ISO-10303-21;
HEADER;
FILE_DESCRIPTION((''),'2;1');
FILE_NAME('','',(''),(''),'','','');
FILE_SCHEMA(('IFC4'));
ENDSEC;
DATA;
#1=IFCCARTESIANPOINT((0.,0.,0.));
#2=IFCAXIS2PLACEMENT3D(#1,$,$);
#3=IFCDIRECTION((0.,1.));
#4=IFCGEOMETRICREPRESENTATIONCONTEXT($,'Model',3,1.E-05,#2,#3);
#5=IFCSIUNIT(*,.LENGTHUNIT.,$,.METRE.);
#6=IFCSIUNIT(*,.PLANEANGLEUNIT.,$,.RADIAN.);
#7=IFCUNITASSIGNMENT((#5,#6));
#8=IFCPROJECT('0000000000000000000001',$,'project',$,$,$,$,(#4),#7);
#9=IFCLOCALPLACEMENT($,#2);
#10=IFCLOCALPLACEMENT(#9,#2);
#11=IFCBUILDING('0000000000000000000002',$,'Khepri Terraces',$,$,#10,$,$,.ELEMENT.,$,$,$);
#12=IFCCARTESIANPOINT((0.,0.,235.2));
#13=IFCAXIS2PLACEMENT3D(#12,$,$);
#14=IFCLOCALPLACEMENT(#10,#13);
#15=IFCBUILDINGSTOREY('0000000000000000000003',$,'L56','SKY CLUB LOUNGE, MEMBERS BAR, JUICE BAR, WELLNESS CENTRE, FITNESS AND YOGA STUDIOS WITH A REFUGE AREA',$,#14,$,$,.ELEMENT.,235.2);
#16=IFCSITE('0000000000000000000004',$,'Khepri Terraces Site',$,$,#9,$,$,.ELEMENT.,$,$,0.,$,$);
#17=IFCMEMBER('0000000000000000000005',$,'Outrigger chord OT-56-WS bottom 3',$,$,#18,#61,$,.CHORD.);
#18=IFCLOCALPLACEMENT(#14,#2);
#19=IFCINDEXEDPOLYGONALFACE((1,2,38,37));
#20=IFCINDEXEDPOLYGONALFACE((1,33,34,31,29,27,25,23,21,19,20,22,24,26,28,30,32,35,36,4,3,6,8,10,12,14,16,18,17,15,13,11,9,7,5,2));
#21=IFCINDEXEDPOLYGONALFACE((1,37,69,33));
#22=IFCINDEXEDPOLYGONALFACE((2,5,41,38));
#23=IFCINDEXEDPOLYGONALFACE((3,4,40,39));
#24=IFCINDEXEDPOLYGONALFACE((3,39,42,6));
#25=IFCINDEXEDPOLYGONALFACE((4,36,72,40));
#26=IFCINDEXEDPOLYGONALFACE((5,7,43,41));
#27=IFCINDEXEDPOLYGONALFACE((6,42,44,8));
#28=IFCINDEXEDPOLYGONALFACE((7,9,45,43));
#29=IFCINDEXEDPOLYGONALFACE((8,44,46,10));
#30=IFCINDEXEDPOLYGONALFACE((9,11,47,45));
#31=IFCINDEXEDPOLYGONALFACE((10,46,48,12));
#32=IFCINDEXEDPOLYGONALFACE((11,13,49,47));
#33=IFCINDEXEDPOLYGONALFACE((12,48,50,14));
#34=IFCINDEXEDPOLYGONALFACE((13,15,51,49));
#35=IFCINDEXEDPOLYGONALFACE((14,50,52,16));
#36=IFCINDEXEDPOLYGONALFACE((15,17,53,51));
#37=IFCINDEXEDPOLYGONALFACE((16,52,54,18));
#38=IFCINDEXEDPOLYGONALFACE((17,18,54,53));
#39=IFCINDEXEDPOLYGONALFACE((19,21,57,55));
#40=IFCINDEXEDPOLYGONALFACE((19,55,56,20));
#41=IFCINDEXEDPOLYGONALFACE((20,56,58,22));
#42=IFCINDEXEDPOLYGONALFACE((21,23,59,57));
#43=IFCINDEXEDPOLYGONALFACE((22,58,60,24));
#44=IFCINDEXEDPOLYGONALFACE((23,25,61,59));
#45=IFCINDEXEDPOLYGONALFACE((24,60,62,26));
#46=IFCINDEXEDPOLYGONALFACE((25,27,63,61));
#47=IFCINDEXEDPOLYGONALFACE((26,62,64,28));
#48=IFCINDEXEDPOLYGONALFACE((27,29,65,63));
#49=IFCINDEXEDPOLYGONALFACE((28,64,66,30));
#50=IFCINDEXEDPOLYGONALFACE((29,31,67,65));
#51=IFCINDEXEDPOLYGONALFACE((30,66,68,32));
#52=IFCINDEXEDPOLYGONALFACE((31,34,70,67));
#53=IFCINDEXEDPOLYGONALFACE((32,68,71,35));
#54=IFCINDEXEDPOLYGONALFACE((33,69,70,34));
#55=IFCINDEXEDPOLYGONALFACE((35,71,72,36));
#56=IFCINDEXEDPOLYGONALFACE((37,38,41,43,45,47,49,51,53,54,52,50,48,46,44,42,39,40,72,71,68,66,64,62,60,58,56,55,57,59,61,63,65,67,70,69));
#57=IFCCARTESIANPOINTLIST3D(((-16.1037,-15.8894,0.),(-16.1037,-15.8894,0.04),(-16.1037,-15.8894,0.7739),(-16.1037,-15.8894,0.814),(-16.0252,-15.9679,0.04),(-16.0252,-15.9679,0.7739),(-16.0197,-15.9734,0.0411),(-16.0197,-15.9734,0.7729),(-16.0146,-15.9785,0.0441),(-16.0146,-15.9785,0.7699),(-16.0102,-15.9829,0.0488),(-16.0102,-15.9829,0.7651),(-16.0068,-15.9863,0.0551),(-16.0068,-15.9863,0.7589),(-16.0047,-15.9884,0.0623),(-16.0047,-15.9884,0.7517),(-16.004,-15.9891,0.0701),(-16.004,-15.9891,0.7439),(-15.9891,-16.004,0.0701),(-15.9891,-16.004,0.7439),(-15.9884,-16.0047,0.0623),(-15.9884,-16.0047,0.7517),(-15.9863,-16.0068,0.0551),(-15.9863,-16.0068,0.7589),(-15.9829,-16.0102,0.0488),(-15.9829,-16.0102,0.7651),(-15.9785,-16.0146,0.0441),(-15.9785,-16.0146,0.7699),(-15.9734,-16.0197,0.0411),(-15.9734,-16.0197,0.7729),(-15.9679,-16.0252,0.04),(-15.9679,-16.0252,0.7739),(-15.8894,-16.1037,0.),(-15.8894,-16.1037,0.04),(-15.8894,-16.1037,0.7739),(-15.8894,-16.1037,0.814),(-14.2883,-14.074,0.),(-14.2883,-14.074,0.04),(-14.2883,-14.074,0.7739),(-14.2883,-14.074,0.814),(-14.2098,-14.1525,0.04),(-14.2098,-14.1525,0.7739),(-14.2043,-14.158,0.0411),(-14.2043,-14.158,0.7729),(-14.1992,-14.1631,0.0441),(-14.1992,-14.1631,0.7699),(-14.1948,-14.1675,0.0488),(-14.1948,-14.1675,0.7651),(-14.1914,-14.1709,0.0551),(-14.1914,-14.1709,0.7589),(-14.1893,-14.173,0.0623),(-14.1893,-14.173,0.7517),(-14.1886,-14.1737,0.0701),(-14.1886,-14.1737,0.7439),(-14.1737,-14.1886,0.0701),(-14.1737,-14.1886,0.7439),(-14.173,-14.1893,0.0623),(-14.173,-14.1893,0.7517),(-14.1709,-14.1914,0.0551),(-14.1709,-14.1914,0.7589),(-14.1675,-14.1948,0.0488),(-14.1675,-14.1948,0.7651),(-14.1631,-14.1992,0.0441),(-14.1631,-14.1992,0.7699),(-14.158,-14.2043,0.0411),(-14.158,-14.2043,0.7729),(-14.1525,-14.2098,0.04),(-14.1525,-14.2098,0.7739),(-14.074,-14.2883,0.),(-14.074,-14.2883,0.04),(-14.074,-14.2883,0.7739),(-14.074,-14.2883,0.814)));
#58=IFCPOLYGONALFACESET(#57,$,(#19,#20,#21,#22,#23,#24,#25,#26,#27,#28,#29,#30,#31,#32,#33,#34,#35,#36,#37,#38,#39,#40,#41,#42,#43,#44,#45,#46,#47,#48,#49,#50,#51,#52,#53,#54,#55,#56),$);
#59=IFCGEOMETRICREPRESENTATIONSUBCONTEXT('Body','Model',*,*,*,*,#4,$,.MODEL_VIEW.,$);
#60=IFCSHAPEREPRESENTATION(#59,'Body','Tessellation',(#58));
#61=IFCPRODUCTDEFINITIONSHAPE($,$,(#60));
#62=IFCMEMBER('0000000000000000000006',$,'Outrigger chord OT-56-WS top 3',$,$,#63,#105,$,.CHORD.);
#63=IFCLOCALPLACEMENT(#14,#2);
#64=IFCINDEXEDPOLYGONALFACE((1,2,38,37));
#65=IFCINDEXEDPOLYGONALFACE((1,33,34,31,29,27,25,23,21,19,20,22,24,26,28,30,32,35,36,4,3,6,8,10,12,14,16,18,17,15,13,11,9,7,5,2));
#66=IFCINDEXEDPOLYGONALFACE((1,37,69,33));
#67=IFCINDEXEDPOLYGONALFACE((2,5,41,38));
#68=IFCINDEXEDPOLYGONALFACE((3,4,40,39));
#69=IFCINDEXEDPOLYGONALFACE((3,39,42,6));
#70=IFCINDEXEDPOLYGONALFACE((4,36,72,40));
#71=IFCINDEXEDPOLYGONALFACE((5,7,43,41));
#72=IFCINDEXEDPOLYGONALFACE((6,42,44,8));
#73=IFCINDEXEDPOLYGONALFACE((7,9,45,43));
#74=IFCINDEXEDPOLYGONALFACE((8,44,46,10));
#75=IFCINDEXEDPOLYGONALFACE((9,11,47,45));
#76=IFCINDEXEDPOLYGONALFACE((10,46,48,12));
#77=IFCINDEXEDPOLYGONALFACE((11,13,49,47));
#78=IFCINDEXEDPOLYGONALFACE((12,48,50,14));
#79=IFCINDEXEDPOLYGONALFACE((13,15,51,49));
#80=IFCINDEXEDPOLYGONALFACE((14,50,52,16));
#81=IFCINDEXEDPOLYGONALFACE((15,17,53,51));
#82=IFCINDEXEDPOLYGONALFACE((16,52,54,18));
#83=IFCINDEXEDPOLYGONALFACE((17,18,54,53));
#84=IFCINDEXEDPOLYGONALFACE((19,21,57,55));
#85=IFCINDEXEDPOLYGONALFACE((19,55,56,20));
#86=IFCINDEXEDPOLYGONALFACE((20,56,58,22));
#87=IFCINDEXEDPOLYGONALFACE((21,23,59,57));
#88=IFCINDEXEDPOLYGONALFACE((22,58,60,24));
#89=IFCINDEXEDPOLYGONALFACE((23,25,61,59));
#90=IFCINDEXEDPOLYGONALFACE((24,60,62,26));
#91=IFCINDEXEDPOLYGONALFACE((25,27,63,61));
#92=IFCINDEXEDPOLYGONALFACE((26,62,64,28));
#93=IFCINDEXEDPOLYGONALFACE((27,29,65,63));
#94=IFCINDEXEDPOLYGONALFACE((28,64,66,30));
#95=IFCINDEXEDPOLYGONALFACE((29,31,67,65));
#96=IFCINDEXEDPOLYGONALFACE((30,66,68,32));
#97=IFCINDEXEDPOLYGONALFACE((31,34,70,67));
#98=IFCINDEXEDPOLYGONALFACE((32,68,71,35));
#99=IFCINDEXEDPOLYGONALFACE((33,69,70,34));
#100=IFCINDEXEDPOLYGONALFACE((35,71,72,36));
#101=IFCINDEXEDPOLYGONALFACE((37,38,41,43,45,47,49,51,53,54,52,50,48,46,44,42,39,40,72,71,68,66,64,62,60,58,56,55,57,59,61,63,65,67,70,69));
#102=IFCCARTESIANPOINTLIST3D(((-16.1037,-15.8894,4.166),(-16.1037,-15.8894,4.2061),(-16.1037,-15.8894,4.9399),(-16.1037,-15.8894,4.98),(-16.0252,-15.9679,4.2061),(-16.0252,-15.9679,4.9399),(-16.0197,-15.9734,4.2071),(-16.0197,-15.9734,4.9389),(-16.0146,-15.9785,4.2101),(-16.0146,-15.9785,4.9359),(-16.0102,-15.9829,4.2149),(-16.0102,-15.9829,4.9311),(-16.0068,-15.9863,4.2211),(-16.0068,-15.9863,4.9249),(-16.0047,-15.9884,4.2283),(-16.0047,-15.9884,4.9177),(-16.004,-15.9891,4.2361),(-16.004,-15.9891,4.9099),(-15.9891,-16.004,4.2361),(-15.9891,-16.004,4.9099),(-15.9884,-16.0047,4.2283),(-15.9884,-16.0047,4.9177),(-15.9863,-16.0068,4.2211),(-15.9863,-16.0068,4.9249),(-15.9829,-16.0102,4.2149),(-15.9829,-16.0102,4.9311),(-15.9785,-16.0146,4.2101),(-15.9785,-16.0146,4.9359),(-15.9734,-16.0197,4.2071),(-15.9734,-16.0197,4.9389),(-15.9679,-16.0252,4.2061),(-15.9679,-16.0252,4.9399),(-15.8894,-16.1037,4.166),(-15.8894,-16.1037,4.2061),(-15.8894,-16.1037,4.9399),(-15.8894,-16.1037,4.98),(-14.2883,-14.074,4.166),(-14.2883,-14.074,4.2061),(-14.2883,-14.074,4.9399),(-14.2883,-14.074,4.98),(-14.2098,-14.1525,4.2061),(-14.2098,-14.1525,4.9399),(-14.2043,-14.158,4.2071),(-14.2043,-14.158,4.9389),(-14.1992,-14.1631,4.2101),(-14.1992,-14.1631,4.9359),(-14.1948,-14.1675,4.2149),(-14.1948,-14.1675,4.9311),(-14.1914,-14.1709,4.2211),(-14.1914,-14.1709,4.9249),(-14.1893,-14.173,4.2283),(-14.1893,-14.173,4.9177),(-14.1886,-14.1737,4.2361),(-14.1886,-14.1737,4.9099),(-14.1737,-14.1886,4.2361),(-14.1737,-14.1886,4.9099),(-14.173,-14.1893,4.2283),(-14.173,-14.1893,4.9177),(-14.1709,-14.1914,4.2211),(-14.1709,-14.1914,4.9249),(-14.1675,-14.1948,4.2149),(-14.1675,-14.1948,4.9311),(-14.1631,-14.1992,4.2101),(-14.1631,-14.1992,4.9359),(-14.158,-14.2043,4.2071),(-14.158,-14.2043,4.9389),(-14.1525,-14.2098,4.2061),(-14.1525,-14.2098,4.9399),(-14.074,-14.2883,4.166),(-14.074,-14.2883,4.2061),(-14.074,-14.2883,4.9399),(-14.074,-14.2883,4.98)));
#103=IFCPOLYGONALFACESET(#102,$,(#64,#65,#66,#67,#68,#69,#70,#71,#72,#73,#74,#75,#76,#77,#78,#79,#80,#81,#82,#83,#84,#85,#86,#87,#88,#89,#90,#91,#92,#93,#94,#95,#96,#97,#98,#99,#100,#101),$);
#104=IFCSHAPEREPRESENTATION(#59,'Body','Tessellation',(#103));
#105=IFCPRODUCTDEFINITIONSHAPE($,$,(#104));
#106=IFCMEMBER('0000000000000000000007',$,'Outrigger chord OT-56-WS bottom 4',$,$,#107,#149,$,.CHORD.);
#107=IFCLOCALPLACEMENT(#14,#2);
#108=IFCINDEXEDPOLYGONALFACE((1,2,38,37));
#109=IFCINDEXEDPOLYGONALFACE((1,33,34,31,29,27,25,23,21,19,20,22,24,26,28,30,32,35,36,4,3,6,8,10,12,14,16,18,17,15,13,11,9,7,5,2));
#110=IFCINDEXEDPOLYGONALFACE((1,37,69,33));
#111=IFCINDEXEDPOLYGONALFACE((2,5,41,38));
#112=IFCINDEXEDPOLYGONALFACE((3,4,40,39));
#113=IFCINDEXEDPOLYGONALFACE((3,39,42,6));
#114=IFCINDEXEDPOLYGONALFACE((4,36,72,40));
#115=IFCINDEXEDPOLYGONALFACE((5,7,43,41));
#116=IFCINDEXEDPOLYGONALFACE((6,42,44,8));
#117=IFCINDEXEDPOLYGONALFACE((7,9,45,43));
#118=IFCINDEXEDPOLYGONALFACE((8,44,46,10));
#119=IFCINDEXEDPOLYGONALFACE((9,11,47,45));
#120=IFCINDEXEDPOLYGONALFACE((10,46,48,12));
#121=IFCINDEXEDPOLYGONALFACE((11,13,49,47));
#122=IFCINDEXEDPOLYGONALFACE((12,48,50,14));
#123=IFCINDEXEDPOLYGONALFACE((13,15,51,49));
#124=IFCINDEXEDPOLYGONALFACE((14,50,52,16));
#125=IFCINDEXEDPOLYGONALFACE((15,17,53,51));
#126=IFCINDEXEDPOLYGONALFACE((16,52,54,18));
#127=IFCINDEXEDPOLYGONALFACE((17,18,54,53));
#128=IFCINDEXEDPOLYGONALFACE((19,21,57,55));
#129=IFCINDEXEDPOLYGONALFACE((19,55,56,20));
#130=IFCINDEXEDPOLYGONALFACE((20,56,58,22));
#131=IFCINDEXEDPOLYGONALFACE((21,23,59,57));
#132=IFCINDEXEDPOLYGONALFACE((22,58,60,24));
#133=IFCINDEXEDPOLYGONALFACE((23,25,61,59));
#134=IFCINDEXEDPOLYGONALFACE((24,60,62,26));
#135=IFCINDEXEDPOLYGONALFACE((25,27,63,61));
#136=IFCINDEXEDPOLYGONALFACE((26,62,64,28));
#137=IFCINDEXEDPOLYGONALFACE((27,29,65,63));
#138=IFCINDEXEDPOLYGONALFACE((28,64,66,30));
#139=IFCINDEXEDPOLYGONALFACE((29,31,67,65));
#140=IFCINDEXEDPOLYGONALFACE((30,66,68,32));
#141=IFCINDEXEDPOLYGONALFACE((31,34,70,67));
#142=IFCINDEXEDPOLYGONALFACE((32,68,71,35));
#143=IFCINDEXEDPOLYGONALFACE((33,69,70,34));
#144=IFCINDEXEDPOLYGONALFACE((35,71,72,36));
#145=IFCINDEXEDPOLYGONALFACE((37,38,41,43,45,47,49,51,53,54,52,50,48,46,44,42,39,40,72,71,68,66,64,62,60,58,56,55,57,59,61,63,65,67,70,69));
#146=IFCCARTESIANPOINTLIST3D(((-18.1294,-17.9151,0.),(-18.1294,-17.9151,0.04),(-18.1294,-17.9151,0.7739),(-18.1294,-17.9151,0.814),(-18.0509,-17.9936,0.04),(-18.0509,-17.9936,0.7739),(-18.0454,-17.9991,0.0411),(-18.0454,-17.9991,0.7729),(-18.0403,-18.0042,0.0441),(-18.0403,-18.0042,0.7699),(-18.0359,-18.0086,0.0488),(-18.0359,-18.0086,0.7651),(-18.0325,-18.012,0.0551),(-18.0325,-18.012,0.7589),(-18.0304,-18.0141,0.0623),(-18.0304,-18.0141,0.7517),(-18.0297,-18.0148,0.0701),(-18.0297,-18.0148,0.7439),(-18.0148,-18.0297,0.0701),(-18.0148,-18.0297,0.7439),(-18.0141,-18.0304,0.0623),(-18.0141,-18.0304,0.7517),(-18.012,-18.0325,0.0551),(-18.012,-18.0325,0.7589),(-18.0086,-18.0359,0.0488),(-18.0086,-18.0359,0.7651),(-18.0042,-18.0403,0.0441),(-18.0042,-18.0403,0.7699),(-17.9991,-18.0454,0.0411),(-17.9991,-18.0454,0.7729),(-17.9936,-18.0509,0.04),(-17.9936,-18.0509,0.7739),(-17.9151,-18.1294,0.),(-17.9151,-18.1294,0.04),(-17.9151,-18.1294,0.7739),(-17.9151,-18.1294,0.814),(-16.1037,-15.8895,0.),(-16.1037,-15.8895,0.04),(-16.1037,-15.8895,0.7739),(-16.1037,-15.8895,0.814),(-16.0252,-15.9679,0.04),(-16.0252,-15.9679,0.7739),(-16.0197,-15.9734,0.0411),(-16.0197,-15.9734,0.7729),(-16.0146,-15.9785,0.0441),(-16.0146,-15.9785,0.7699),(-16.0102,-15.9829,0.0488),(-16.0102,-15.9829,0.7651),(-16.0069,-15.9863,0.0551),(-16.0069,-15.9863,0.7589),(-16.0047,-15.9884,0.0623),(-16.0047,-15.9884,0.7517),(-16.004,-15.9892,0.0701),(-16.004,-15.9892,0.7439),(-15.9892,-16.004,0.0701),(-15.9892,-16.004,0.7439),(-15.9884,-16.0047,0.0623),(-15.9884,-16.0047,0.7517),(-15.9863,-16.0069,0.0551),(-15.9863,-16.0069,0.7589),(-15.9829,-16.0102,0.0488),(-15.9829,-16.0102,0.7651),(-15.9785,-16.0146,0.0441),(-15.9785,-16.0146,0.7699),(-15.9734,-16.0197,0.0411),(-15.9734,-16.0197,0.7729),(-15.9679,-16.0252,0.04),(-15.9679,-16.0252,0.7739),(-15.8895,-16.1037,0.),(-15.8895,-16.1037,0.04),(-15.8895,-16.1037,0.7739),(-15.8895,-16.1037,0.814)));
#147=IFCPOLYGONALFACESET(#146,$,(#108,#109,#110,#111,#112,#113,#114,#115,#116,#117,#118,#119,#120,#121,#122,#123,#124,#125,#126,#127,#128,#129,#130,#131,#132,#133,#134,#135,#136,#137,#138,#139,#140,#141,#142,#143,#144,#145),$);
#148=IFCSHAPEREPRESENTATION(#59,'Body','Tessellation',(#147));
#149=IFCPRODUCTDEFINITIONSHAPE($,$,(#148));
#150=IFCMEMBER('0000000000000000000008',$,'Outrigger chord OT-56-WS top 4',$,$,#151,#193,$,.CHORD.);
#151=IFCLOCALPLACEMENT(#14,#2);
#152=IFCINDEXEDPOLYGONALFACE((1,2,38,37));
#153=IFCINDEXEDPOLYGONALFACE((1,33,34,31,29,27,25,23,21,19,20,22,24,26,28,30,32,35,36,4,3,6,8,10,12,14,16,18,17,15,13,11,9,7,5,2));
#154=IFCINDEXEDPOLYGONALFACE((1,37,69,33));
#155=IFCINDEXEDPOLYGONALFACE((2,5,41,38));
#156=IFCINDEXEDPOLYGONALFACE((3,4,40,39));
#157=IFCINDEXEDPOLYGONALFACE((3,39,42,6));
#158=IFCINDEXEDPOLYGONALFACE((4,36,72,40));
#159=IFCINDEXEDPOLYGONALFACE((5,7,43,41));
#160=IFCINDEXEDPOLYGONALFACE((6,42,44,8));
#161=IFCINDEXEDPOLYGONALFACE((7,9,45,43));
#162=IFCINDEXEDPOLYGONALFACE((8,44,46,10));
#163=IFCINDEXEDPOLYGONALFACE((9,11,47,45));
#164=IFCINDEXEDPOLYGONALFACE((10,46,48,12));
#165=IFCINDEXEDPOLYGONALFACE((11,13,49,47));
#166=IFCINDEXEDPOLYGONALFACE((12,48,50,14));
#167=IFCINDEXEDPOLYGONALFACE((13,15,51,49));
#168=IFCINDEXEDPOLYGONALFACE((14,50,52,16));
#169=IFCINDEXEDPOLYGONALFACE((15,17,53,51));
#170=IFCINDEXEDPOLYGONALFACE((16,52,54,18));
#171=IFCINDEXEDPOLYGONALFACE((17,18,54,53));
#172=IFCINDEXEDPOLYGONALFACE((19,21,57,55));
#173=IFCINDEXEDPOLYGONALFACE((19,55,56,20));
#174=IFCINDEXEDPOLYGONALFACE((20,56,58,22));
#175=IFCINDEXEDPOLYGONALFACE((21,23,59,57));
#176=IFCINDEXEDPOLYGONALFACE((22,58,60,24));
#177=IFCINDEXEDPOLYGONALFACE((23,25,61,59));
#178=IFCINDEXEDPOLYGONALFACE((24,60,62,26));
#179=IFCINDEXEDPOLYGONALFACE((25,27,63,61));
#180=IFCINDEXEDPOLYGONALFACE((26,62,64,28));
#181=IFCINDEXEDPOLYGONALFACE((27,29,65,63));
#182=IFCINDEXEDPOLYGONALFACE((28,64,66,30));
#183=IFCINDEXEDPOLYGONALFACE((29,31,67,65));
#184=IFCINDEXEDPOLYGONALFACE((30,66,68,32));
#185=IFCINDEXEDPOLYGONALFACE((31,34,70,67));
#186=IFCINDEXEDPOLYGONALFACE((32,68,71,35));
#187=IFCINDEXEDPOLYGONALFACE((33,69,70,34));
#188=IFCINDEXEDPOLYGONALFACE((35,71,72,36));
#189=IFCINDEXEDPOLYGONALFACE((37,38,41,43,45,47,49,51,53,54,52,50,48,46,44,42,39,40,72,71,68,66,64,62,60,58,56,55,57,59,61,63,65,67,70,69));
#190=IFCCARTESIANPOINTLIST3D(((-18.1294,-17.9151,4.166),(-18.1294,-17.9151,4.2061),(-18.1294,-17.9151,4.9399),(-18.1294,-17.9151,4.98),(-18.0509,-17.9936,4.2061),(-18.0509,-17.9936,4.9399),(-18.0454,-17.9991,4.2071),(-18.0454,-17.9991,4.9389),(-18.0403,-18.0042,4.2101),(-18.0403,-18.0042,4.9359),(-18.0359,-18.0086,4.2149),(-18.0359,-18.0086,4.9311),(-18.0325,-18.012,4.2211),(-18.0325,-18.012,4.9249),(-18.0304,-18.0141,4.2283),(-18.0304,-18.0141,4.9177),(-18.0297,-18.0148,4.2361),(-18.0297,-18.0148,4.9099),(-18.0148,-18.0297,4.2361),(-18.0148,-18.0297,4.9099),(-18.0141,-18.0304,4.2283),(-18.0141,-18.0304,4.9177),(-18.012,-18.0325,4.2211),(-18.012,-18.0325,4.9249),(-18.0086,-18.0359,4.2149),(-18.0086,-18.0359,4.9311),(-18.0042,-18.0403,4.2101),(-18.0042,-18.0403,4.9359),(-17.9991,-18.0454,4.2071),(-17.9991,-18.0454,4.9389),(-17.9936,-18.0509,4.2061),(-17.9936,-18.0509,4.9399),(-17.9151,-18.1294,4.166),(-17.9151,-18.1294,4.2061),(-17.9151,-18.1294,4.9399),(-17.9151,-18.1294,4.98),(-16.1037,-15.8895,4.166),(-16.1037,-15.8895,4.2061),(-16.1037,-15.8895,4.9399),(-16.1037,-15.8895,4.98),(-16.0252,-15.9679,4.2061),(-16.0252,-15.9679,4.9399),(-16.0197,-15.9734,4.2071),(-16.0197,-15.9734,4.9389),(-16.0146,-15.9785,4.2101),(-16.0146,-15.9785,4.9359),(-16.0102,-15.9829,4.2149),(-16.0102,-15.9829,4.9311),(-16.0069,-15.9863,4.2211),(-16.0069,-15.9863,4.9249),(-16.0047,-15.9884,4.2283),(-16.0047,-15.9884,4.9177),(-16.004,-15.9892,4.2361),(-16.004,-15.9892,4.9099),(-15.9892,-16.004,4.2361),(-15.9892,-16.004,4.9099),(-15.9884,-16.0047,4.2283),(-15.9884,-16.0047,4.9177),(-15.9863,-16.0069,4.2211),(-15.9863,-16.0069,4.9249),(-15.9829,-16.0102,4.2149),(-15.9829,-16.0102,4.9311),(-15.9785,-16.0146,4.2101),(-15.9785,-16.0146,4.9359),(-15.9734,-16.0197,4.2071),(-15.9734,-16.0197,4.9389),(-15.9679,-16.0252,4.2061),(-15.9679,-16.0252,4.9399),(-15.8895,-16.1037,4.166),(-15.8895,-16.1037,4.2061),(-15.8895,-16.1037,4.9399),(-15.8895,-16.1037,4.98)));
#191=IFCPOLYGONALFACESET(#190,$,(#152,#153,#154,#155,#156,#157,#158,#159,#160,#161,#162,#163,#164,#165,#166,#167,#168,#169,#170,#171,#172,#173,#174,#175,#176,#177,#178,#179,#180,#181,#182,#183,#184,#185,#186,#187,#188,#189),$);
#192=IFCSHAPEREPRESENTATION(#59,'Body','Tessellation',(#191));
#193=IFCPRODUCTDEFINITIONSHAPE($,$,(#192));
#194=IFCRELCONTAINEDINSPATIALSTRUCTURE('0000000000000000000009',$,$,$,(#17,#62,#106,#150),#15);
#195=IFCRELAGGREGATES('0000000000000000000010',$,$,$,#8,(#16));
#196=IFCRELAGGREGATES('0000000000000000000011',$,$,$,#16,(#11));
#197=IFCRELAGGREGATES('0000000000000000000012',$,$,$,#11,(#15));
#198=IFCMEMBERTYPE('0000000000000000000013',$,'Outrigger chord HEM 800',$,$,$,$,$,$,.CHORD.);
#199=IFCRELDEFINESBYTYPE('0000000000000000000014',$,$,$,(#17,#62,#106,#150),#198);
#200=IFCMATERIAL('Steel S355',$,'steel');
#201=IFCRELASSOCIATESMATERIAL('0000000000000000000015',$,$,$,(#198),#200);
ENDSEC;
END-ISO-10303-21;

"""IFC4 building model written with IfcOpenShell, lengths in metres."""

from ifc_helpers import new_model, si_unit, direction, frame, origin, origin_2d, place, context, subcontext, project, spatial, i_section, extrude, material, material_profile, profile_set, type_object, element, save


model = new_model("IFC4")

# Units and contexts
model_context = context("Model", 3, precision=1e-05, world=origin(), true_north=direction((0.0, 1.0)))
body_context = subcontext(model_context, "Body", "Model", "MODEL_VIEW")
ifc_project = project(units=[si_unit("LENGTHUNIT", "METRE"), si_unit("PLANEANGLEUNIT", "RADIAN")], contexts=[model_context])

# Site, building, storey
site_placement = place(None, origin())
site = spatial("IfcSite", under=ifc_project, at=site_placement, Name="Khepri Terraces Site", CompositionType="ELEMENT", RefElevation=0.0)
building_placement = place(site_placement, origin())
building = spatial("IfcBuilding", under=site, at=building_placement, Name="Khepri Terraces", CompositionType="ELEMENT")
storey_placement = place(building_placement, frame((0.0, 0.0, 235.2)))
storey = spatial("IfcBuildingStorey", under=building, at=storey_placement, Name="L56", Description="SKY CLUB LOUNGE, MEMBERS BAR, JUICE BAR, WELLNESS CENTRE, FITNESS AND YOGA STUDIOS WITH A REFUGE AREA", CompositionType="ELEMENT", Elevation=235.2)

# Members
ifc_material_1 = material(Name="Steel S355", Category="steel")
ifc_material_profile_1 = material_profile(ifc_material_1, i_section(OverallWidth=0.303, OverallDepth=0.814, WebThickness=0.021, FlangeThickness=0.04, FilletRadius=0.03, at=origin_2d()), Name="Steel S355", Category="steel")
ifc_profile_set_1 = profile_set([ifc_material_profile_1], Name="Steel S355")
member_type_1 = type_object("IfcMemberType", Name="Outrigger chord HEM 800", PredefinedType="CHORD", material=ifc_profile_set_1)
for number, where, z_axis, x_axis, name in (
    (1, (-14.1812, -14.1812, 0.407), (-0.707107, -0.707107, 0.0), (0.707107, -0.707107, 0.0), "Outrigger chord OT-56-WS bottom 3"),
    (2, (-14.1812, -14.1812, 4.573), (-0.707107, -0.707107, 0.0), (0.707107, -0.707107, 0.0), "Outrigger chord OT-56-WS top 3"),
):
    element("IfcMember", number, at=place(storey_placement, frame(where, z_axis=z_axis, x_axis=x_axis)), inside=storey, type_object=member_type_1, Name=name, PredefinedType="CHORD", context=body_context, shape_type="SweptSolid", body=[
        extrude(i_section(OverallWidth=0.303, OverallDepth=0.814, WebThickness=0.021, FlangeThickness=0.04, FilletRadius=0.03, at=origin_2d()), origin(), (0.0, 0.0, 1.0), 2.5674),
    ])
for number, where, z_axis, x_axis, name in (
    (3, (-15.9966, -15.9966, 0.407), (-0.707107, -0.707107, 0.0), (0.707107, -0.707107, 0.0), "Outrigger chord OT-56-WS bottom 4"),
    (4, (-15.9966, -15.9966, 4.573), (-0.707107, -0.707107, 0.0), (0.707107, -0.707107, 0.0), "Outrigger chord OT-56-WS top 4"),
):
    element("IfcMember", number, at=place(storey_placement, frame(where, z_axis=z_axis, x_axis=x_axis)), inside=storey, type_object=member_type_1, Name=name, PredefinedType="CHORD", context=body_context, shape_type="SweptSolid", body=[
        extrude(i_section(OverallWidth=0.303, OverallDepth=0.814, WebThickness=0.021, FlangeThickness=0.04, FilletRadius=0.03, at=origin_2d()), origin(), (0.0, 0.0, 1.0), 2.8647),
    ])

save(model, "model.ifc")
